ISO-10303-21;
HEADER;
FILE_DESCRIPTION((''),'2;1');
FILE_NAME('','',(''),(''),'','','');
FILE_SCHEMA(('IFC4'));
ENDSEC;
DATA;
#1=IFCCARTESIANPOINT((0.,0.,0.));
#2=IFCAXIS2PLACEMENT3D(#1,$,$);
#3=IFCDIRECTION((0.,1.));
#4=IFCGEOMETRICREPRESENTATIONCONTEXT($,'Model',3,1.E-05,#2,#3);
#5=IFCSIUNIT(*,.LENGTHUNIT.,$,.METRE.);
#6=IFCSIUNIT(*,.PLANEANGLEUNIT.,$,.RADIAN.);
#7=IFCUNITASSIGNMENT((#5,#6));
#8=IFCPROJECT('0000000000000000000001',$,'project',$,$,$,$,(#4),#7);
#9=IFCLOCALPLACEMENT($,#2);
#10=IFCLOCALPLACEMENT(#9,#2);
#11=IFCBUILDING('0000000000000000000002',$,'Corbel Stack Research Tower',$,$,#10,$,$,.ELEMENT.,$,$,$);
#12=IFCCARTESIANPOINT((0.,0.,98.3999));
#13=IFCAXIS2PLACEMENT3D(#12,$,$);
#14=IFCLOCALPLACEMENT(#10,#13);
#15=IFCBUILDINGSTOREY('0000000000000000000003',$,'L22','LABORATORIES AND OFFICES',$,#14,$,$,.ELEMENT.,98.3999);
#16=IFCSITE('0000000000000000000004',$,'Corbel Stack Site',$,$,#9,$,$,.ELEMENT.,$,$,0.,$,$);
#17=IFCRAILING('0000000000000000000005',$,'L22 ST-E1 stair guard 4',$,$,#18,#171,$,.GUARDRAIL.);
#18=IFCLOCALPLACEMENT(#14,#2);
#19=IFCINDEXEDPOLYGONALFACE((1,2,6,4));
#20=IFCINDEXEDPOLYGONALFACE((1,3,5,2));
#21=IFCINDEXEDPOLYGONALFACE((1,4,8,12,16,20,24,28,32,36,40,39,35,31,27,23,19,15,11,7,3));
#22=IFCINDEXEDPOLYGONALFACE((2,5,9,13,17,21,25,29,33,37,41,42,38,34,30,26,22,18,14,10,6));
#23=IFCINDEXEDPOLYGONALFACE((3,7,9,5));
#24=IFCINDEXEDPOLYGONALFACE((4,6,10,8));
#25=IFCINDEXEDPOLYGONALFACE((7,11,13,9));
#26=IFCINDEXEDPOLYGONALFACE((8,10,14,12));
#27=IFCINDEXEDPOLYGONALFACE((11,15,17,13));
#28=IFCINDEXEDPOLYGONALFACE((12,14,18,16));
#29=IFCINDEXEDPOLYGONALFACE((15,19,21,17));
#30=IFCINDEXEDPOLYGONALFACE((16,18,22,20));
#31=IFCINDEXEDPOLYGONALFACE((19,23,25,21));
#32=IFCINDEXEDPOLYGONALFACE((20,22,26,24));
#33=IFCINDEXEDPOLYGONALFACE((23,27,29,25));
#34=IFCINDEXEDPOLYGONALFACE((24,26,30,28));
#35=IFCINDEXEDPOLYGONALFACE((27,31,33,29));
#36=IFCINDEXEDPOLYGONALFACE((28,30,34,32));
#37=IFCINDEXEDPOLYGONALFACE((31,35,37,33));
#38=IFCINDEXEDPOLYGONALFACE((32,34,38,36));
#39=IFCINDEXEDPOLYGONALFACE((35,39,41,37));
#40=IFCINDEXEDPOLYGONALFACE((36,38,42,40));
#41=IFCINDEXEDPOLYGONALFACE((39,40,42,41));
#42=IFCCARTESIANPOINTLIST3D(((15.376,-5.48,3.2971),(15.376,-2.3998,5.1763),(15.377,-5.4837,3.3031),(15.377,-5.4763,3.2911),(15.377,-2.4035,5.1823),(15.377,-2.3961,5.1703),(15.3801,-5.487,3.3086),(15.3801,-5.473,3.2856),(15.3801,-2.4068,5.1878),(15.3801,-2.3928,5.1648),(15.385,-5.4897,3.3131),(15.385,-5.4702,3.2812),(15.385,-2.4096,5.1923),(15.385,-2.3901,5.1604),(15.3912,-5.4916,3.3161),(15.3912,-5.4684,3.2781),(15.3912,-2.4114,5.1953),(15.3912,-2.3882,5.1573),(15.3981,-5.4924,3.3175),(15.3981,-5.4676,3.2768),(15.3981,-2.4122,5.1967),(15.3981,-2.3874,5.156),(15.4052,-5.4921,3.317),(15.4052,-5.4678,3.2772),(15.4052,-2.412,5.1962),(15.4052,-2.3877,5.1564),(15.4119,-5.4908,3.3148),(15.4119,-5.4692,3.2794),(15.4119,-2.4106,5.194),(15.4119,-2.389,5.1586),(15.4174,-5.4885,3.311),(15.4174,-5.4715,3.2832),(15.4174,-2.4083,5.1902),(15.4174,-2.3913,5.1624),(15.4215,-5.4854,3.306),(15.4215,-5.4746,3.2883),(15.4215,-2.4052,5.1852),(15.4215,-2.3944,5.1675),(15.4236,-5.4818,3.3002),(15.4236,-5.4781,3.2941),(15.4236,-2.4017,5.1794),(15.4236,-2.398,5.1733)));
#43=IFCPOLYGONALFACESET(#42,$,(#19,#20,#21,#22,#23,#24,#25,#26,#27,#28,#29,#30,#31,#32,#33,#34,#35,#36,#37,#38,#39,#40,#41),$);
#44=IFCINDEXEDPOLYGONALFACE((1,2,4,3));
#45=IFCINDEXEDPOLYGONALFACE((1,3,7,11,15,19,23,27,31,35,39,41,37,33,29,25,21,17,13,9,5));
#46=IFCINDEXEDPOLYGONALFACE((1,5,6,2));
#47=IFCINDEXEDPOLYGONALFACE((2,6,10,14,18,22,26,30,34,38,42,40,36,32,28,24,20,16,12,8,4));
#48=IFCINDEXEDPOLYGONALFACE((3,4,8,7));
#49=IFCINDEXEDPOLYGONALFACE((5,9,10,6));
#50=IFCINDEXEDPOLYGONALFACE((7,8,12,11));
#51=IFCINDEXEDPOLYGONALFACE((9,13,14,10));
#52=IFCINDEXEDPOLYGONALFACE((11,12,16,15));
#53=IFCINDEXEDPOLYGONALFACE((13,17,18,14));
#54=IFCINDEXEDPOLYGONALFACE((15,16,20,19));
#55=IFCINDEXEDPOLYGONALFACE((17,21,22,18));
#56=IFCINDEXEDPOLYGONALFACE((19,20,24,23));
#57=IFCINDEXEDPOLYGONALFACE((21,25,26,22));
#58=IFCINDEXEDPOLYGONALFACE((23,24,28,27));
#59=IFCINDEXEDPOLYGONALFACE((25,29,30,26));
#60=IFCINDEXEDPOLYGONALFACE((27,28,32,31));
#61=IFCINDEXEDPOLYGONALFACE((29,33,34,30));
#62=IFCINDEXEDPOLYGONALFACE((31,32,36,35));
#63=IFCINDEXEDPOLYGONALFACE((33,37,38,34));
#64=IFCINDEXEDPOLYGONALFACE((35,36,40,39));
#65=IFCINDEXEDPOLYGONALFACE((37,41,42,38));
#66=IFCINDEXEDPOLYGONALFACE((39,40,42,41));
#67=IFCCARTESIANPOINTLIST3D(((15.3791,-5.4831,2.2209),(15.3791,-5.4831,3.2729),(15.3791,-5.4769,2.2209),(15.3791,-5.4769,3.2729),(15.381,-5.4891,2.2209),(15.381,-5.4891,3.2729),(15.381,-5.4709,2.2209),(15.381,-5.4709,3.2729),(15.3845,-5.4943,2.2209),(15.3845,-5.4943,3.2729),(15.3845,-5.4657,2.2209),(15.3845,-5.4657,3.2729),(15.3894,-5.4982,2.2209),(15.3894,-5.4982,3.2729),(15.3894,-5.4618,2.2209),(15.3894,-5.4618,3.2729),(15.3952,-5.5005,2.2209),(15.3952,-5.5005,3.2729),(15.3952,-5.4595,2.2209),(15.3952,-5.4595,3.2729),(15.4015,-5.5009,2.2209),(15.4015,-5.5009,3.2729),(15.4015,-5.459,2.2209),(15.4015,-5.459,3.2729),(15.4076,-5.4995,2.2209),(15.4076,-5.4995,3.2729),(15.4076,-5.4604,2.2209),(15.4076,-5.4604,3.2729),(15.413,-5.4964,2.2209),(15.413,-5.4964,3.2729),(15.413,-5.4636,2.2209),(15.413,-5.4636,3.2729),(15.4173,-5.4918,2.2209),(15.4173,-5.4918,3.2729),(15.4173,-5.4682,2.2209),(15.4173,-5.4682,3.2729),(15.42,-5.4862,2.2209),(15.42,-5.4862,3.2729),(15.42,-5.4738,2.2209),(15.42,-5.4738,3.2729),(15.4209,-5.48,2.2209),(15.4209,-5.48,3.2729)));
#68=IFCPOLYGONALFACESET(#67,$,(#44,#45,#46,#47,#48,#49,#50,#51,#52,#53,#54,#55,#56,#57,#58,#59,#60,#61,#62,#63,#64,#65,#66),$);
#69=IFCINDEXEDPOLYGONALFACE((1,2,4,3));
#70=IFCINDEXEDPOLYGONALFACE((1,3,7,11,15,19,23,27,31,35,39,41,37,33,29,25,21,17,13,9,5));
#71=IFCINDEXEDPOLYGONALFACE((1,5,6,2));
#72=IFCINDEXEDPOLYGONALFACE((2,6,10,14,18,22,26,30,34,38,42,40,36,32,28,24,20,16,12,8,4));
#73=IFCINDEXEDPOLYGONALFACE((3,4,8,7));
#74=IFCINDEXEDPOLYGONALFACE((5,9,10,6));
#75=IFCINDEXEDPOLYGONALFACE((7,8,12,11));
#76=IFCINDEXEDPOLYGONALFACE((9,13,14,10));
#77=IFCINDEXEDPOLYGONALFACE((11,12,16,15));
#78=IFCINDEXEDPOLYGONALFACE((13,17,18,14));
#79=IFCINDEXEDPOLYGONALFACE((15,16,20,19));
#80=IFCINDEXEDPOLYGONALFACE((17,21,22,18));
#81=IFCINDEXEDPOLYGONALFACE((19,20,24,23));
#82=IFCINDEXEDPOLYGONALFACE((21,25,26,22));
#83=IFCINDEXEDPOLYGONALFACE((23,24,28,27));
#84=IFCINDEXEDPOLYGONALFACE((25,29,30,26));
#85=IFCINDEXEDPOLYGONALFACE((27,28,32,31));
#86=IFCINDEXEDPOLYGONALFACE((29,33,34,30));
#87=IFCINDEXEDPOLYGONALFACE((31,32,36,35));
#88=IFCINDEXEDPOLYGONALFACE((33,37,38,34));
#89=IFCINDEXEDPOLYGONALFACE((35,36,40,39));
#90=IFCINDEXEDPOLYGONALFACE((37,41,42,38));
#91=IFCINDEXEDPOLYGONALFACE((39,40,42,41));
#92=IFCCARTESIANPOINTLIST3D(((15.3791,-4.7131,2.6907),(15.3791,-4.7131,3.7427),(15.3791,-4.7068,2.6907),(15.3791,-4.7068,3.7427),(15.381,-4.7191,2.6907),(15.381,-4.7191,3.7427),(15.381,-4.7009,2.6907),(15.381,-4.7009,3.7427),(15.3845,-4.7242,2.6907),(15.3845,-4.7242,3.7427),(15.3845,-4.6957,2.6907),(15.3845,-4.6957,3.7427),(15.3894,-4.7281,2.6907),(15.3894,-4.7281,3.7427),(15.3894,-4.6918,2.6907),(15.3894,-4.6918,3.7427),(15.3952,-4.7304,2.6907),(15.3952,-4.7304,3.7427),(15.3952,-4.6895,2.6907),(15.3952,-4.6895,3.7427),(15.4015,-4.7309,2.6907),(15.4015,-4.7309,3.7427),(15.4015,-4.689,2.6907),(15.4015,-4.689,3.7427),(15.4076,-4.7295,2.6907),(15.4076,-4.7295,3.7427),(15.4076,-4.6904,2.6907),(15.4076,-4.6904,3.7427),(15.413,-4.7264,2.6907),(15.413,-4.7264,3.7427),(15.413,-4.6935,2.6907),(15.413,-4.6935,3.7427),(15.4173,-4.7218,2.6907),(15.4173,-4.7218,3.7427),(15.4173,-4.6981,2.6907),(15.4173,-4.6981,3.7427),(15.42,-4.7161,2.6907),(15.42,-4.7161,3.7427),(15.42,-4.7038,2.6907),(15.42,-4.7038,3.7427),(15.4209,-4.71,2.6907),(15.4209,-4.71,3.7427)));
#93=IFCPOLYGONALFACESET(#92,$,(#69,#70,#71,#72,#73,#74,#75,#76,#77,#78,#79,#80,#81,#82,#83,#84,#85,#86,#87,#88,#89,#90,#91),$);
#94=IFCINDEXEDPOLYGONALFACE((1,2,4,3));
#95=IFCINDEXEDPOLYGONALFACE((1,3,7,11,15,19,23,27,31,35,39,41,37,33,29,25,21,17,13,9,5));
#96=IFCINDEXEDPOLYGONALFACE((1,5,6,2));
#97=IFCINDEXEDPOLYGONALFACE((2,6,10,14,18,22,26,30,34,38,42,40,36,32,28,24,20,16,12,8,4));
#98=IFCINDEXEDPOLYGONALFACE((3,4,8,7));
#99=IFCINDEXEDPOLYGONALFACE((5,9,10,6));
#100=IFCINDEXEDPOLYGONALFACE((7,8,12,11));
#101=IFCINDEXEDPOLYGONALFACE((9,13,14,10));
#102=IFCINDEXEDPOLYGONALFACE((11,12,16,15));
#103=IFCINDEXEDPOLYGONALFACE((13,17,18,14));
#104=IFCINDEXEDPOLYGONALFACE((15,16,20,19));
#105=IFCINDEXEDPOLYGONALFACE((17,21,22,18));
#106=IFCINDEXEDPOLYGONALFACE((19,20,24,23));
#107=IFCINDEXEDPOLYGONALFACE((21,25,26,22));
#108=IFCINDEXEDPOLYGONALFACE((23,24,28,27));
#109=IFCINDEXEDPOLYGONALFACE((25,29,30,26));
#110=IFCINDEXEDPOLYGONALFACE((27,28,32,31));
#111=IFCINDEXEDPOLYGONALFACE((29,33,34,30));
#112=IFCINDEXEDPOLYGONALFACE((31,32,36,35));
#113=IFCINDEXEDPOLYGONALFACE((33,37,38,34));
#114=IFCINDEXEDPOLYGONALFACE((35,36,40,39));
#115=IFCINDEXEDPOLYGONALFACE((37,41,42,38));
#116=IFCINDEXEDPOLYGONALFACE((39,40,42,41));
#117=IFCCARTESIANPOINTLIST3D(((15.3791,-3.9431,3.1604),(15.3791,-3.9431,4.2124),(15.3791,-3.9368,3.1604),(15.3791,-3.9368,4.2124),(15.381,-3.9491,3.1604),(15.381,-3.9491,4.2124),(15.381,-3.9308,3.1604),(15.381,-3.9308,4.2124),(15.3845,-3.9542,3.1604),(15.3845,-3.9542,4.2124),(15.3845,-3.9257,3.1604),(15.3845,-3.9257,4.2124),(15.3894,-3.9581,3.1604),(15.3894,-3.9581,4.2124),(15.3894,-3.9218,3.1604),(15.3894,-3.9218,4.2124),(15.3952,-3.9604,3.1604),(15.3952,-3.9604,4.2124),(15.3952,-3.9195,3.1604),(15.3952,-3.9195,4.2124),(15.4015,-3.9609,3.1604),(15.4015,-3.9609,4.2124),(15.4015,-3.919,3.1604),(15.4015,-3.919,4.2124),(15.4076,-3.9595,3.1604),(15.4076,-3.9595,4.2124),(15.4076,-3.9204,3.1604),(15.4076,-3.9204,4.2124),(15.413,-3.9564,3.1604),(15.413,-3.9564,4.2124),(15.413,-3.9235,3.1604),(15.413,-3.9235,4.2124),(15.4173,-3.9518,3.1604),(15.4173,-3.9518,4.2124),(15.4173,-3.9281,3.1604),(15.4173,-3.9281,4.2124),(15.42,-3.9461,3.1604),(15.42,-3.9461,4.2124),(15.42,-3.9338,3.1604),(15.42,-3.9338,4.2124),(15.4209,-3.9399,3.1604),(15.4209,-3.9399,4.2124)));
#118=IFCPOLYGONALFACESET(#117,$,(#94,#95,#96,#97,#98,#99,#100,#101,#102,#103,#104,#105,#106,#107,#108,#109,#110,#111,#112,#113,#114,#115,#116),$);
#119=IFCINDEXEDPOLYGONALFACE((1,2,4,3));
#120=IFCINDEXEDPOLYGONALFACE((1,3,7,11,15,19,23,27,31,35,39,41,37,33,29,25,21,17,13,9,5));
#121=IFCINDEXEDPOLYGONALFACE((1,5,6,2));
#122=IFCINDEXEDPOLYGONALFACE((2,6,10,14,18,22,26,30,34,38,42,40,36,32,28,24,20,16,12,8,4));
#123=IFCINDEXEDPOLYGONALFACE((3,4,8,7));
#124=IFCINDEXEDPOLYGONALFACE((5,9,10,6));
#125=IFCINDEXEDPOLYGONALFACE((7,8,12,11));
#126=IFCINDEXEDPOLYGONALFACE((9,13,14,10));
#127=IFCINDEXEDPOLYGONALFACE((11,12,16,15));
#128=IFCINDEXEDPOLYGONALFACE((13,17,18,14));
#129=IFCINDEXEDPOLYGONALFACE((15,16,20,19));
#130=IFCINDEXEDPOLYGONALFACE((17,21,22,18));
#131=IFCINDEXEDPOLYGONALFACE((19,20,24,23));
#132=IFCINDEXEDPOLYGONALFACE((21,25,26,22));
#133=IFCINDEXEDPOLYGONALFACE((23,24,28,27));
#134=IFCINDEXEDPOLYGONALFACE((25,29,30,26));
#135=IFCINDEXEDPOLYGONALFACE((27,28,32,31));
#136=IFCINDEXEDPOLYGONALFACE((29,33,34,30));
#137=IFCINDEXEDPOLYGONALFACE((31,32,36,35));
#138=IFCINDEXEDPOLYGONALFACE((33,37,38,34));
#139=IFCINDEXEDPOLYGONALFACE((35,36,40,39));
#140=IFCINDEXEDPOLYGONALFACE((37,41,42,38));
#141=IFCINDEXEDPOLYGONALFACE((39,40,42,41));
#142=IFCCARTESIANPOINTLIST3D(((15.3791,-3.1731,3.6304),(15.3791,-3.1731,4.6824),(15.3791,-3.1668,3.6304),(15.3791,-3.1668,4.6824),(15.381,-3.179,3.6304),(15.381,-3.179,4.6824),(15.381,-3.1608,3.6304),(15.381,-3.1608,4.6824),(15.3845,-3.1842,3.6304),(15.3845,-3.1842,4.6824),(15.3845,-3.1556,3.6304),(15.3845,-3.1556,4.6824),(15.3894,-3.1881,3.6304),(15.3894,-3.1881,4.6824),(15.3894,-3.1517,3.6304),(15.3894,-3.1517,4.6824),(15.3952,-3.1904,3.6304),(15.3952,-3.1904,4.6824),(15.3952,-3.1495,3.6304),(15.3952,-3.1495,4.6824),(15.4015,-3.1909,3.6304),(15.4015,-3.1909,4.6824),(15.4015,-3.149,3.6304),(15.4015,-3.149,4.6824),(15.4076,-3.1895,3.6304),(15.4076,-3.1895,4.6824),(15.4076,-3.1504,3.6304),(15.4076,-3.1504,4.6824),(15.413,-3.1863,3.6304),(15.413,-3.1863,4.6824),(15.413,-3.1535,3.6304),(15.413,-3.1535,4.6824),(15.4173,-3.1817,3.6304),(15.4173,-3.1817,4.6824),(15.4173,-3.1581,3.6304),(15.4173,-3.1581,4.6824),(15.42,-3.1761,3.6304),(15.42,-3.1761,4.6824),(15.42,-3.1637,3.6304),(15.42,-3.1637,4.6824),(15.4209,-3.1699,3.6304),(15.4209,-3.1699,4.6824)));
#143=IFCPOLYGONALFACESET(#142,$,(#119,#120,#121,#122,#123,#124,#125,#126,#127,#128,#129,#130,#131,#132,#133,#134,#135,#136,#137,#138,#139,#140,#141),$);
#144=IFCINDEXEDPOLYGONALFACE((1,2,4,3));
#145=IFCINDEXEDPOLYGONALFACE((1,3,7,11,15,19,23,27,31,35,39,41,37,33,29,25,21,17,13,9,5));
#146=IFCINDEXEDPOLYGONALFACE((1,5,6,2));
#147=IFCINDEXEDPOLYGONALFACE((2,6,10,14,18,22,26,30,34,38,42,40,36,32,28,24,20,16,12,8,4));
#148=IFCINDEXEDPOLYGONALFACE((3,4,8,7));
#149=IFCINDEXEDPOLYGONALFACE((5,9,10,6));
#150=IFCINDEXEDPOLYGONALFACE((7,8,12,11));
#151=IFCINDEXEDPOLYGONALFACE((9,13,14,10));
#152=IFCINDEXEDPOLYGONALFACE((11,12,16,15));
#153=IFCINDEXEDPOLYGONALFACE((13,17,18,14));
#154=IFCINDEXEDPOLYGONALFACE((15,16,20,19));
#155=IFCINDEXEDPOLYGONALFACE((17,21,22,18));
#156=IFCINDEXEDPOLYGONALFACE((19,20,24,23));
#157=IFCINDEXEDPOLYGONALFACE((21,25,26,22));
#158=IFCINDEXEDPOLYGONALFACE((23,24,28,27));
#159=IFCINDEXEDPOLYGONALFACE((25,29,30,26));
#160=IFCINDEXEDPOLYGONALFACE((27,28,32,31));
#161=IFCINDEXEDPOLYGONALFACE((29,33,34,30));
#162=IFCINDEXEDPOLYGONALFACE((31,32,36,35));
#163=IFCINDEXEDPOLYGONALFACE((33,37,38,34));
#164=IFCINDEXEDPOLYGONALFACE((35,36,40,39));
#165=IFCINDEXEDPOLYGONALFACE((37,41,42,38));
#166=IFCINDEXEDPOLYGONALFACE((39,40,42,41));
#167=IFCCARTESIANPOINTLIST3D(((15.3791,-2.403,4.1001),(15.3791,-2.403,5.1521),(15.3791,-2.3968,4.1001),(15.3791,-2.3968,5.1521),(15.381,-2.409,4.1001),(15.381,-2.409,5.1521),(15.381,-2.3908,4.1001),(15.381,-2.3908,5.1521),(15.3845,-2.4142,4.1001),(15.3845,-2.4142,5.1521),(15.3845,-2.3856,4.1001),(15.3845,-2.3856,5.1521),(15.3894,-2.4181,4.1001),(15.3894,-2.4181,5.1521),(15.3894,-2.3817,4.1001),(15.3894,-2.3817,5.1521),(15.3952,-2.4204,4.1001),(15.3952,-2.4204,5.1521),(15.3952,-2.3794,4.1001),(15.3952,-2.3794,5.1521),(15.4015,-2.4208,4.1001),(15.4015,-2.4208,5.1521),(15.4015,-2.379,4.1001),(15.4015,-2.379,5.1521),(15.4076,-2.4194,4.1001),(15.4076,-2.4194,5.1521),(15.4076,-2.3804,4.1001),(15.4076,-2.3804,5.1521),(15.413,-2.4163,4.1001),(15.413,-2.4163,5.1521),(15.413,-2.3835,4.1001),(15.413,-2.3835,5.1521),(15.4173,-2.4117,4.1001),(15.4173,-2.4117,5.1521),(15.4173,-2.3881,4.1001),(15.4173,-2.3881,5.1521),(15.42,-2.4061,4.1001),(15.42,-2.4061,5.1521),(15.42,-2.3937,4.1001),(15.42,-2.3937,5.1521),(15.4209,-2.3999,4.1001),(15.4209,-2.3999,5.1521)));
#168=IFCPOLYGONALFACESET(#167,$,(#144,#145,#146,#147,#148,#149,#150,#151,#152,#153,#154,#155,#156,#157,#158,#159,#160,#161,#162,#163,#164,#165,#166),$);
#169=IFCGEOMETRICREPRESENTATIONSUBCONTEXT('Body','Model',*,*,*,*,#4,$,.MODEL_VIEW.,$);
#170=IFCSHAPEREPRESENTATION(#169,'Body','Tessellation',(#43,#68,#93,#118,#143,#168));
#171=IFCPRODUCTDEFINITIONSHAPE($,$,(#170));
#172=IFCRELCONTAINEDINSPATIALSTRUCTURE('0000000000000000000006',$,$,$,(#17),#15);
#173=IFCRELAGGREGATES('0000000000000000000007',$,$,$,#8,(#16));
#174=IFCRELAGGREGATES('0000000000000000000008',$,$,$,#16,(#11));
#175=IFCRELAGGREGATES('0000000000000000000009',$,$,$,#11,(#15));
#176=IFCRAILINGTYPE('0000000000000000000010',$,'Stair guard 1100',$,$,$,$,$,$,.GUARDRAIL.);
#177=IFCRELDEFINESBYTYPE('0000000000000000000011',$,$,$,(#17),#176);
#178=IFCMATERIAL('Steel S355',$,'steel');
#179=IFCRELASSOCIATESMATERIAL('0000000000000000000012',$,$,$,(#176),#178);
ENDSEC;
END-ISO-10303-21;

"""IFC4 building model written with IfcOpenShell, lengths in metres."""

from ifc_helpers import new_model, si_unit, direction, frame, origin, origin_2d, place, context, subcontext, project, spatial, circle, extrude, material, type_object, element, save


model = new_model("IFC4")

# Units and contexts
model_context = context("Model", 3, precision=1e-05, world=origin(), true_north=direction((0.0, 1.0)))
body_context = subcontext(model_context, "Body", "Model", "MODEL_VIEW")
ifc_project = project(units=[si_unit("LENGTHUNIT", "METRE"), si_unit("PLANEANGLEUNIT", "RADIAN")], contexts=[model_context])

# Site, building, storey
site_placement = place(None, origin())
site = spatial("IfcSite", under=ifc_project, at=site_placement, Name="Corbel Stack Site", CompositionType="ELEMENT", RefElevation=0.0)
building_placement = place(site_placement, origin())
building = spatial("IfcBuilding", under=site, at=building_placement, Name="Corbel Stack Research Tower", CompositionType="ELEMENT")
storey_placement = place(building_placement, frame((0.0, 0.0, 98.3999)))
storey = spatial("IfcBuildingStorey", under=building, at=storey_placement, Name="L22", Description="LABORATORIES AND OFFICES", CompositionType="ELEMENT", Elevation=98.3999)

# Railing
ifc_material_1 = material(Name="Steel S355", Category="steel")
railing_type_1 = type_object("IfcRailingType", Name="Stair guard 1100", PredefinedType="GUARDRAIL", material=ifc_material_1)
railing_1_placement = place(storey_placement, frame((15.3999, -5.48, 2.2209)))
element("IfcRailing", 1, at=railing_1_placement, inside=storey, type_object=railing_type_1, Name="L22 ST-E1 stair guard 4", PredefinedType="GUARDRAIL", context=body_context, shape_type="SweptSolid", body=[
    extrude(circle(Radius=0.0239, at=origin_2d()), frame((0.0, 0.0, 1.0762), z_axis=(0.0, 0.853666, 0.52082), x_axis=(-1.0, 0.0, 0.0)), (0.0, 0.0, 1.0), 3.6082),
    extrude(circle(Radius=0.021, at=origin_2d()), origin(), (0.0, 0.0, 1.0), 1.052),
    extrude(circle(Radius=0.021, at=origin_2d()), frame((0.0, 0.77, 0.4697)), (0.0, 0.0, 1.0), 1.052),
    extrude(circle(Radius=0.021, at=origin_2d()), frame((0.0, 1.54, 0.9395)), (0.0, 0.0, 1.0), 1.052),
    extrude(circle(Radius=0.021, at=origin_2d()), frame((0.0, 2.3101, 1.4094)), (0.0, 0.0, 1.0), 1.052),
    extrude(circle(Radius=0.021, at=origin_2d()), frame((0.0, 3.0801, 1.8792)), (0.0, 0.0, 1.0), 1.052),
])

save(model, "model.ifc")
